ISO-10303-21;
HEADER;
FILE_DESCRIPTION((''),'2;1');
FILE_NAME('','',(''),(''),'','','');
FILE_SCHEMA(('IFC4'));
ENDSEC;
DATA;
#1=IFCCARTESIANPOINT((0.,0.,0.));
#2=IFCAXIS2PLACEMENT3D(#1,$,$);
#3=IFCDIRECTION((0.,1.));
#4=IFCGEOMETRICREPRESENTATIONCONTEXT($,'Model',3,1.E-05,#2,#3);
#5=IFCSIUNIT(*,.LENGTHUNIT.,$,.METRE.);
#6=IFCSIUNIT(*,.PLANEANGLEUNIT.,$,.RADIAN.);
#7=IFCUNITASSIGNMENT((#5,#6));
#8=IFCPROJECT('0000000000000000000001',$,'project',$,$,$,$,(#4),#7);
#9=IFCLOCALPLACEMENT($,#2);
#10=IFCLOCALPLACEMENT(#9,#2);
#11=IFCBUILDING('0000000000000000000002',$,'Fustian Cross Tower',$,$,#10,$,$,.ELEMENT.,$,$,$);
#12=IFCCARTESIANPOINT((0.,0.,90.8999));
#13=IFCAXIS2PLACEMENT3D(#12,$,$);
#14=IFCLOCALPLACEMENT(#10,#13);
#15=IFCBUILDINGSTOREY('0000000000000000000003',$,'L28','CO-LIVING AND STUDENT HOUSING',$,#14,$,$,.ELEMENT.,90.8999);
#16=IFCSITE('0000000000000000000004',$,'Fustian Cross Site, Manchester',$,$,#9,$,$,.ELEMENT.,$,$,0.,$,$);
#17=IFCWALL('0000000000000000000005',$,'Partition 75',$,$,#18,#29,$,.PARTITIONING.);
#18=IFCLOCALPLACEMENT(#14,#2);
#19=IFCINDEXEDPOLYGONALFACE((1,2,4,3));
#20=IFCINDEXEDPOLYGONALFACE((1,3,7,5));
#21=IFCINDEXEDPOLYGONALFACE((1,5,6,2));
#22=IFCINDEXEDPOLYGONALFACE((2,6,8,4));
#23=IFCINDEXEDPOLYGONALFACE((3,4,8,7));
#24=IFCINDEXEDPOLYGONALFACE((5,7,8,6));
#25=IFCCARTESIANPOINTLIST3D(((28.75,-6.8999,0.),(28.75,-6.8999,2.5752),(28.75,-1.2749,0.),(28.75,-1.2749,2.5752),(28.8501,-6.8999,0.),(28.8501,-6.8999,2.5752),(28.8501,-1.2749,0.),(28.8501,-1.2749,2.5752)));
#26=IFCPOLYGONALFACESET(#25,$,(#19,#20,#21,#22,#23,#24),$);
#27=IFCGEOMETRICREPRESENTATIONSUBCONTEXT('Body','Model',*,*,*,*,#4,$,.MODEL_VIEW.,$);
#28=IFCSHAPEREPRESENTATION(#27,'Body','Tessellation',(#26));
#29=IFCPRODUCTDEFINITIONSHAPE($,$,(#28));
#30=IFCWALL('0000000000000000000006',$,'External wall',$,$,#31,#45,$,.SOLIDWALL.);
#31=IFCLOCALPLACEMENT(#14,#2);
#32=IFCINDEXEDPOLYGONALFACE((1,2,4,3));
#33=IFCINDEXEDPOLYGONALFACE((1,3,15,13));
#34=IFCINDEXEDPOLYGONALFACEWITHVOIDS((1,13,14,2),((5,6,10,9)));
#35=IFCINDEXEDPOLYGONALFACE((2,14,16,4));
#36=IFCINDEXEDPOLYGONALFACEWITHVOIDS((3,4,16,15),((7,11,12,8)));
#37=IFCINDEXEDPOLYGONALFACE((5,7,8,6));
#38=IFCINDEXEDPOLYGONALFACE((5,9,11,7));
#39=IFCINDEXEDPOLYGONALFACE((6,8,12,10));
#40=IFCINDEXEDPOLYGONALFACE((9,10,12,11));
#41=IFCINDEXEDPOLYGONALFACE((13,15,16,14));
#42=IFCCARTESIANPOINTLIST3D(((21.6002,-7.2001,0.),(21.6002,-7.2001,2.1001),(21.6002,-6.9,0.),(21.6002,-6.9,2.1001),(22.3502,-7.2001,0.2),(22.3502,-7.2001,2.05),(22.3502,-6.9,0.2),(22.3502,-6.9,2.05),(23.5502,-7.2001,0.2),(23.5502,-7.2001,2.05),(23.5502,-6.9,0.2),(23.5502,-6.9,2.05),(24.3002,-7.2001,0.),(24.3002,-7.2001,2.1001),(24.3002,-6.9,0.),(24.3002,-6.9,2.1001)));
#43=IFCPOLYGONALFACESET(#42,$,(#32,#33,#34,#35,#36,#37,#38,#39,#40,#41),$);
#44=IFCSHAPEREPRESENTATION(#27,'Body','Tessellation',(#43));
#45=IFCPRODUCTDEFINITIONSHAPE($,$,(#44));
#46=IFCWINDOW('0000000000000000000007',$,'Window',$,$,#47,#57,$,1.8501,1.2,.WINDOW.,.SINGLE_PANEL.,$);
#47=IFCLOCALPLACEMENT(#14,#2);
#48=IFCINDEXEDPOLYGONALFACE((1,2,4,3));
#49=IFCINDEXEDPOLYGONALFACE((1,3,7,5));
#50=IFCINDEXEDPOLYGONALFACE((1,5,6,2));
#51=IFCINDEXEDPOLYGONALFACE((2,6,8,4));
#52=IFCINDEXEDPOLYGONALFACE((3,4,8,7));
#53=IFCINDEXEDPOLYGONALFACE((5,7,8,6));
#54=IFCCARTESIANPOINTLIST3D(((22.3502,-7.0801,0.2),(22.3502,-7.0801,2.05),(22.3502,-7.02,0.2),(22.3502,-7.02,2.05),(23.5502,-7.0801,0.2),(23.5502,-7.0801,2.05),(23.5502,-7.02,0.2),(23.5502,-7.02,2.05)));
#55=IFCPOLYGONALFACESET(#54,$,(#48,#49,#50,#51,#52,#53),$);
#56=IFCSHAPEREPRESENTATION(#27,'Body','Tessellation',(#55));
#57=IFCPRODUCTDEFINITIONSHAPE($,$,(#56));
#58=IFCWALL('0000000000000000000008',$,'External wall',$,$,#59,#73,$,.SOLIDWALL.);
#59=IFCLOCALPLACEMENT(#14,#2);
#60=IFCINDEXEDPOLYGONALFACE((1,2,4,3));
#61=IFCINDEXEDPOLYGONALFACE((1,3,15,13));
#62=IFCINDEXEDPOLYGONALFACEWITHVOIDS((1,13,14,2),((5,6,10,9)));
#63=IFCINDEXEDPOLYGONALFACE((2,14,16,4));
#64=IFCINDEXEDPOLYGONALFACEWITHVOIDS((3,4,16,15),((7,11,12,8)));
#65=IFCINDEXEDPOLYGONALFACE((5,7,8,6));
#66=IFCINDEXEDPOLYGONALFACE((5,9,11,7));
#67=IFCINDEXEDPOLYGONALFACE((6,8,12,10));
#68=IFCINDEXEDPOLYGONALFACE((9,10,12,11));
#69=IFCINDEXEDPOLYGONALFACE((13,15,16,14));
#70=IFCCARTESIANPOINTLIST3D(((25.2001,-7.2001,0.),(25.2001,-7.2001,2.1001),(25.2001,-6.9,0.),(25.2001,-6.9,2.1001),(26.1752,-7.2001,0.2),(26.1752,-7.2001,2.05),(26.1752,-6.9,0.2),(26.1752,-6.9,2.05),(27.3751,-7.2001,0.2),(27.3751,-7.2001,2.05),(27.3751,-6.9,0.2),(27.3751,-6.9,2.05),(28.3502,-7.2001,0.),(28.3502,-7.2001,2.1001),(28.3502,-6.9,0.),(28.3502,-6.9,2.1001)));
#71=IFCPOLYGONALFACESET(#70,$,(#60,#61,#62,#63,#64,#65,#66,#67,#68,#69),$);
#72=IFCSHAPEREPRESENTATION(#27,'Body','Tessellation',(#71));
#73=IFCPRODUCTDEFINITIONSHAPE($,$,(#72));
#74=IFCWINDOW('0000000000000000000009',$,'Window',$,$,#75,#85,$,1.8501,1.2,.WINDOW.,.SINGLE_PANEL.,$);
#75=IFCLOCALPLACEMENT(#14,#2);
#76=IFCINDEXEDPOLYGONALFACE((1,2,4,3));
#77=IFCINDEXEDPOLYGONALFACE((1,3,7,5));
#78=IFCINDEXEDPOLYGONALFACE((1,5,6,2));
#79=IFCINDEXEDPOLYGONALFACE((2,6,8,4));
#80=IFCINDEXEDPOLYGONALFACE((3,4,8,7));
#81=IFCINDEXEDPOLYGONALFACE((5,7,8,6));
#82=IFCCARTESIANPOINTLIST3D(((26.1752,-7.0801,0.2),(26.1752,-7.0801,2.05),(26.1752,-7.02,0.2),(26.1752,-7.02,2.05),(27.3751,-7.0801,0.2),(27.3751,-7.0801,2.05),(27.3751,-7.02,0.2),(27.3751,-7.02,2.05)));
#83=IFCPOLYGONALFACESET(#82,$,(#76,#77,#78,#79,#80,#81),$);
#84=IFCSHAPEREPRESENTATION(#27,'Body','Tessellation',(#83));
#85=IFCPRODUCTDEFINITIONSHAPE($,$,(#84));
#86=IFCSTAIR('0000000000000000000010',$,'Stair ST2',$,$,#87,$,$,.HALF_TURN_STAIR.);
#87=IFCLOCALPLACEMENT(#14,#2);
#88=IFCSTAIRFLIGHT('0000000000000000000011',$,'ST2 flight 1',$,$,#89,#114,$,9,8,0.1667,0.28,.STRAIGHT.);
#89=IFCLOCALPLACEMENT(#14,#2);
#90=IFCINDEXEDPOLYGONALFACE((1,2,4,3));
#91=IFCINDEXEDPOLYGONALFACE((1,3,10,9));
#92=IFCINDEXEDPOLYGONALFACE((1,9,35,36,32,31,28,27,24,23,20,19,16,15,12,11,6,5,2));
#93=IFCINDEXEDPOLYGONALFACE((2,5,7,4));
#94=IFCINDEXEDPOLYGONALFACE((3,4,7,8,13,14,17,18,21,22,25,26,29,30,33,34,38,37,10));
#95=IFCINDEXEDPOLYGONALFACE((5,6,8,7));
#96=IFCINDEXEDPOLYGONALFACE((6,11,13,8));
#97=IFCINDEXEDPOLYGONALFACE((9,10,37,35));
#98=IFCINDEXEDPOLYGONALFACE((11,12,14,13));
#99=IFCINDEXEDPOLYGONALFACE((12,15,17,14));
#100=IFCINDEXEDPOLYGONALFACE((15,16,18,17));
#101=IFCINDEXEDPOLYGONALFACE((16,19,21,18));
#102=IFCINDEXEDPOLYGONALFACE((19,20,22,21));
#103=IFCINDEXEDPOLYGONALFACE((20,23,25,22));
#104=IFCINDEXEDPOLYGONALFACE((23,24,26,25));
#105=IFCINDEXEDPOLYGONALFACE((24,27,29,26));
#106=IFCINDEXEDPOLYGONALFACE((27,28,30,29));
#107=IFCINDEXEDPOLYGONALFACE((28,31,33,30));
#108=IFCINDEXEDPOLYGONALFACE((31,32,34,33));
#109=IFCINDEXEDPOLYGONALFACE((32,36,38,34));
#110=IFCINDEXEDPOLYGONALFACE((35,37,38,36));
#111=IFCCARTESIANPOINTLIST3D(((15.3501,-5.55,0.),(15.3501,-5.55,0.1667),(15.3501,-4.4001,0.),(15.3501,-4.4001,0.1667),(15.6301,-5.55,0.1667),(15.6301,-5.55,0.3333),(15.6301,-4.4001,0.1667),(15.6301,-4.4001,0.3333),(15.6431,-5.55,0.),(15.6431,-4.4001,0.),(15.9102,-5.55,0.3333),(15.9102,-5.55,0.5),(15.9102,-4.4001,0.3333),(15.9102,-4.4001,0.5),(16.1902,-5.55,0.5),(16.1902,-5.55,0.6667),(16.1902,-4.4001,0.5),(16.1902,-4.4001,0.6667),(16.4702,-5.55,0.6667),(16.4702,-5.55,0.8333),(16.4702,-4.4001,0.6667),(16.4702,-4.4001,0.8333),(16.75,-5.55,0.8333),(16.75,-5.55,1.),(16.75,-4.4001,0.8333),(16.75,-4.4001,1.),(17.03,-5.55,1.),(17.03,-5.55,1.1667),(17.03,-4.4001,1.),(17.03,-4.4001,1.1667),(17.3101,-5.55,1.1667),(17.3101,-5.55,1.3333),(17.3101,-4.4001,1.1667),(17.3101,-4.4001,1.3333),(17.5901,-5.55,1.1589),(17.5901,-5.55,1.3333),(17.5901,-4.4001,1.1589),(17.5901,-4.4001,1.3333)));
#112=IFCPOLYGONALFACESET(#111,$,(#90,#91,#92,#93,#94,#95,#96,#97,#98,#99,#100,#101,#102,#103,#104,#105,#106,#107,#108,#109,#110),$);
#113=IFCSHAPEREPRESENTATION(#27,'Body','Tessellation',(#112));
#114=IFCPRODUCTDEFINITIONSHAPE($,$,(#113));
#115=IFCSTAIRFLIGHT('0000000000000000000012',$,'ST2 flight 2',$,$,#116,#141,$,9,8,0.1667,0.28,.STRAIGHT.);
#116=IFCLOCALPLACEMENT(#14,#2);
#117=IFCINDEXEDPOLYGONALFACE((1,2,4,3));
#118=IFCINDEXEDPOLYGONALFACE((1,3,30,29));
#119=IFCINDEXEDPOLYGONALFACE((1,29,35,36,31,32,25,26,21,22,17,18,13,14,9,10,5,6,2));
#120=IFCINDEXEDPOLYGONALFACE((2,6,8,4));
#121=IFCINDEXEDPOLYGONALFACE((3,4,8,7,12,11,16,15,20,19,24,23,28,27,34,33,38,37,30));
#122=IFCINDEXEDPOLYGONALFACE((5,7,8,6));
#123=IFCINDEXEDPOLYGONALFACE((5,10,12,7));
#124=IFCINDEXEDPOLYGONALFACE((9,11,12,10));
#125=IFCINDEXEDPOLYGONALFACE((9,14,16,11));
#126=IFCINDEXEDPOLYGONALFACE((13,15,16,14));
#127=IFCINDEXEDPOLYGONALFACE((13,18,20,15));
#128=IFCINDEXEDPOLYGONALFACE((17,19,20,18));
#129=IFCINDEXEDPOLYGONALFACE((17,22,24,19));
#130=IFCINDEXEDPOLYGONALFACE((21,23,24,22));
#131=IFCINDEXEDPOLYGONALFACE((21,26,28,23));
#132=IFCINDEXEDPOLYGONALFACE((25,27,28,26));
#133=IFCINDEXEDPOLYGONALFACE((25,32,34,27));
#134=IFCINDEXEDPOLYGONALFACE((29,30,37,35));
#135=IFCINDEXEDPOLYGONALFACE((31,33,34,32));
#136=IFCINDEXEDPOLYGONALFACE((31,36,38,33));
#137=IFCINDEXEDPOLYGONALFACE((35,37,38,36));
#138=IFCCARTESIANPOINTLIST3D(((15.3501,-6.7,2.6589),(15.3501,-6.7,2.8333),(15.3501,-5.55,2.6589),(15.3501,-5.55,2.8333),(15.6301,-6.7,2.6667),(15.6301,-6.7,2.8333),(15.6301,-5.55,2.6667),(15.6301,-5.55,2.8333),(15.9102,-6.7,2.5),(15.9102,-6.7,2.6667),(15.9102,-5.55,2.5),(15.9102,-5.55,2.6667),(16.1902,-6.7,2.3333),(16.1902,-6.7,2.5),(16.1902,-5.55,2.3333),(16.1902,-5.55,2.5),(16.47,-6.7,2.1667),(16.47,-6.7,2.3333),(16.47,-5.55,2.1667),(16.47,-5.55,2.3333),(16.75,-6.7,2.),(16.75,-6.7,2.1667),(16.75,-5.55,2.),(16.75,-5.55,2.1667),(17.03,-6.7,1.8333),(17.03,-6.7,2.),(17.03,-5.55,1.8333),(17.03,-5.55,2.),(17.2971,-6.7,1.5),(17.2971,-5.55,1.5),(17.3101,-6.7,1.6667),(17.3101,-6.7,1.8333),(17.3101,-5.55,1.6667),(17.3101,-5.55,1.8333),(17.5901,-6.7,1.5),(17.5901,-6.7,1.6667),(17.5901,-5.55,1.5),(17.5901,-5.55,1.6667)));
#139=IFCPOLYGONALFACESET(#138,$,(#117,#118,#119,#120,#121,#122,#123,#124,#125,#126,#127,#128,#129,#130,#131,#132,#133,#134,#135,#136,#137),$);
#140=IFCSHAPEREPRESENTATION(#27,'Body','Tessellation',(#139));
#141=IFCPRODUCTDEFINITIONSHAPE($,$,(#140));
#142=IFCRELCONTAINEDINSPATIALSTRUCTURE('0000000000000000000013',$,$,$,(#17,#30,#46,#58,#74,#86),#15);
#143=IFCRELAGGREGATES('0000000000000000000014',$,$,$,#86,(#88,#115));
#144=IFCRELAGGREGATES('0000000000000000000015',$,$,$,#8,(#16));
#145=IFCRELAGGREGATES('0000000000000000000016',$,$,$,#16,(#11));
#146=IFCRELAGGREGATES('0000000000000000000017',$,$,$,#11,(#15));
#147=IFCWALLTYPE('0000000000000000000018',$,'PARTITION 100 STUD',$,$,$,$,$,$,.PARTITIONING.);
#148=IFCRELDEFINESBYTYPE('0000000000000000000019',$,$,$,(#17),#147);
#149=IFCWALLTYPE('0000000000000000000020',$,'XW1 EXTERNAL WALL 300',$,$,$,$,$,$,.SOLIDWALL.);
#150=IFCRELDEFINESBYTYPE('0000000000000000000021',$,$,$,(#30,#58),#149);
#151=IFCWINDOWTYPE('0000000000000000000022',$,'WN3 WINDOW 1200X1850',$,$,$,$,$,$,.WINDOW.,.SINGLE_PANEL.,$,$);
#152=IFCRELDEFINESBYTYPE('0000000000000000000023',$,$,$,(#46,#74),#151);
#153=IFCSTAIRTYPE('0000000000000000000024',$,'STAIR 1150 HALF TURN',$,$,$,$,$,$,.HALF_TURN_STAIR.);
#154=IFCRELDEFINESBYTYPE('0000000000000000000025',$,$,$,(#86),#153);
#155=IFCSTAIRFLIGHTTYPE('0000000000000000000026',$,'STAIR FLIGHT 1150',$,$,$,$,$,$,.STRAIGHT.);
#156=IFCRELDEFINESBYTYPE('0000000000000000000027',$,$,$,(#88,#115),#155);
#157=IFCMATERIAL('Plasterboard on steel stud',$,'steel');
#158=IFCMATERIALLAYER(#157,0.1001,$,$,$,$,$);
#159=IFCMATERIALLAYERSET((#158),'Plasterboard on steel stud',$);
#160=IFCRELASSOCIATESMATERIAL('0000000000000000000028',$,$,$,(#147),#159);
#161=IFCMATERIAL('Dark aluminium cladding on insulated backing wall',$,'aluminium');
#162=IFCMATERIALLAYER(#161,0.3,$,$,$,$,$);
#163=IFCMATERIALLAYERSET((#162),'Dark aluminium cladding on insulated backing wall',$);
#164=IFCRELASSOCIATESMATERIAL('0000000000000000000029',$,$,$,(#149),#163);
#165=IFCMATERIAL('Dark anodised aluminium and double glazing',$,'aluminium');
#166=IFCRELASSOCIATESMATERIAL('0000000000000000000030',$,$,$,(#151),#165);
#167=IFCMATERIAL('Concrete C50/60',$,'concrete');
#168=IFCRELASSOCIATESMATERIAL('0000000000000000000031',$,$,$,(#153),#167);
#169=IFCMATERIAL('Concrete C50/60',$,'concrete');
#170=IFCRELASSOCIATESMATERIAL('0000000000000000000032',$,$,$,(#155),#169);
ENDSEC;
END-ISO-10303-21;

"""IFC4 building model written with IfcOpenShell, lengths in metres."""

from ifc_helpers import new_model, si_unit, direction, frame, frame_2d, origin, place, context, subcontext, project, spatial, polyline, rectangle, outline, extrude, material, layer, layer_set, type_object, element, fill, aggregate, save


model = new_model("IFC4")

# Units and contexts
model_context = context("Model", 3, precision=1e-05, world=origin(), true_north=direction((0.0, 1.0)))
body_context = subcontext(model_context, "Body", "Model", "MODEL_VIEW")
ifc_project = project(units=[si_unit("LENGTHUNIT", "METRE"), si_unit("PLANEANGLEUNIT", "RADIAN")], contexts=[model_context])

# Site, building, storey
site_placement = place(None, origin())
site = spatial("IfcSite", under=ifc_project, at=site_placement, Name="Fustian Cross Site, Manchester", CompositionType="ELEMENT", RefElevation=0.0)
building_placement = place(site_placement, origin())
building = spatial("IfcBuilding", under=site, at=building_placement, Name="Fustian Cross Tower", CompositionType="ELEMENT")
storey_placement = place(building_placement, frame((0.0, 0.0, 90.8999)))
storey = spatial("IfcBuildingStorey", under=building, at=storey_placement, Name="L28", Description="CO-LIVING AND STUDENT HOUSING", CompositionType="ELEMENT", Elevation=90.8999)

# Wall
ifc_material_1 = material(Name="Plasterboard on steel stud", Category="steel")
ifc_layer_1 = layer(ifc_material_1, 0.1001)
ifc_layer_set_1 = layer_set([ifc_layer_1], Name="Plasterboard on steel stud")
wall_type_1 = type_object("IfcWallType", Name="PARTITION 100 STUD", PredefinedType="PARTITIONING", material=ifc_layer_set_1)
wall_1_placement = place(storey_placement, frame((28.8, -6.8999, 0.0), z_axis=(0.0, 0.0, 1.0), x_axis=(0.0, 1.0, 0.0)))
element("IfcWall", 1, at=wall_1_placement, inside=storey, type_object=wall_type_1, Name="Partition 75", PredefinedType="PARTITIONING", context=body_context, shape_type="SweptSolid", body=[
    extrude(rectangle(XDim=5.625, YDim=0.1001, at=frame_2d((2.8125, 0.0))), origin(), (0.0, 0.0, 1.0), 2.5752),
])

# Walls, openings, windows
ifc_material_2 = material(Name="Dark aluminium cladding on insulated backing wall", Category="aluminium")
ifc_layer_2 = layer(ifc_material_2, 0.3)
ifc_layer_set_2 = layer_set([ifc_layer_2], Name="Dark aluminium cladding on insulated backing wall")
wall_type_2 = type_object("IfcWallType", Name="XW1 EXTERNAL WALL 300", PredefinedType="SOLIDWALL", material=ifc_layer_set_2)
wall_2_placement = place(storey_placement, frame((21.6001, -7.05, 0.0), z_axis=(0.0, 0.0, 1.0), x_axis=(1.0, 0.0, 0.0)))
wall_2 = element("IfcWall", 2, at=wall_2_placement, inside=storey, type_object=wall_type_2, Name="External wall", PredefinedType="SOLIDWALL", context=body_context, shape_type="SweptSolid", body=[
    extrude(rectangle(XDim=2.7, YDim=0.3, at=frame_2d((1.3501, 0.0))), origin(), (0.0, 0.0, 1.0), 2.1001),
])
opening_1_placement = place(wall_2_placement, frame((0.75, 0.0, 0.2)))
opening_1 = element("IfcOpeningElement", 3, at=opening_1_placement, cuts=wall_2, PredefinedType="OPENING", context=body_context, shape_type="SweptSolid", body=[
    extrude(rectangle(XDim=1.2, YDim=1.8501, at=frame_2d((0.6001, 0.925))), frame((0.0, 0.1599, 0.0), z_axis=(0.0, -1.0, 0.0), x_axis=(1.0, 0.0, 0.0)), (0.0, 0.0, 1.0), 0.3201),
])
ifc_material_3 = material(Name="Dark anodised aluminium and double glazing", Category="aluminium")
window_type = type_object("IfcWindowType", Name="WN3 WINDOW 1200X1850", PartitioningType="SINGLE_PANEL", PredefinedType="WINDOW", material=ifc_material_3)
window_1_placement = place(opening_1_placement, origin())
window_1 = element("IfcWindow", 4, at=window_1_placement, inside=storey, type_object=window_type, Name="Window", OverallHeight=1.8501, OverallWidth=1.2, PartitioningType="SINGLE_PANEL", PredefinedType="WINDOW", context=body_context, shape_type="SweptSolid", body=[
    extrude(rectangle(XDim=1.2, YDim=1.8501, at=frame_2d((0.6001, 0.925))), frame((0.0, 0.03, 0.0), z_axis=(0.0, -1.0, 0.0), x_axis=(1.0, 0.0, 0.0)), (0.0, 0.0, 1.0), 0.0601),
])
fill(opening_1, window_1)
wall_3_placement = place(storey_placement, frame((25.2, -7.05, 0.0), z_axis=(0.0, 0.0, 1.0), x_axis=(1.0, 0.0, 0.0)))
wall_3 = element("IfcWall", 5, at=wall_3_placement, inside=storey, type_object=wall_type_2, Name="External wall", PredefinedType="SOLIDWALL", context=body_context, shape_type="SweptSolid", body=[
    extrude(rectangle(XDim=3.1501, YDim=0.3, at=frame_2d((1.5752, 0.0))), origin(), (0.0, 0.0, 1.0), 2.1001),
])
opening_2_placement = place(wall_3_placement, frame((0.9751, 0.0, 0.2)))
opening_2 = element("IfcOpeningElement", 6, at=opening_2_placement, cuts=wall_3, PredefinedType="OPENING", context=body_context, shape_type="SweptSolid", body=[
    extrude(rectangle(XDim=1.2, YDim=1.8501, at=frame_2d((0.6001, 0.925))), frame((0.0, 0.1599, 0.0), z_axis=(0.0, -1.0, 0.0), x_axis=(1.0, 0.0, 0.0)), (0.0, 0.0, 1.0), 0.3201),
])
window_2_placement = place(opening_2_placement, origin())
window_2 = element("IfcWindow", 7, at=window_2_placement, inside=storey, type_object=window_type, Name="Window", OverallHeight=1.8501, OverallWidth=1.2, PartitioningType="SINGLE_PANEL", PredefinedType="WINDOW", context=body_context, shape_type="SweptSolid", body=[
    extrude(rectangle(XDim=1.2, YDim=1.8501, at=frame_2d((0.6001, 0.925))), frame((0.0, 0.03, 0.0), z_axis=(0.0, -1.0, 0.0), x_axis=(1.0, 0.0, 0.0)), (0.0, 0.0, 1.0), 0.0601),
])
fill(opening_2, window_2)

# Stair, stair flights
ifc_material_4 = material(Name="Concrete C50/60", Category="concrete")
stair_type = type_object("IfcStairType", Name="STAIR 1150 HALF TURN", PredefinedType="HALF_TURN_STAIR", material=ifc_material_4)
stair_placement = place(storey_placement, origin())
stair = element("IfcStair", 8, at=stair_placement, inside=storey, type_object=stair_type, Name="Stair ST2", PredefinedType="HALF_TURN_STAIR")
ifc_material_5 = material(Name="Concrete C50/60", Category="concrete")
stair_flight_type = type_object("IfcStairFlightType", Name="STAIR FLIGHT 1150", PredefinedType="STRAIGHT", material=ifc_material_5)
stair_flight_1_placement = place(storey_placement, frame((15.3501, -4.9751, 0.0), z_axis=(0.0, 0.0, 1.0), x_axis=(1.0, 0.0, 0.0)))
stair_flight_1 = element("IfcStairFlight", 9, at=stair_flight_1_placement, type_object=stair_flight_type, Name="ST2 flight 1", NumberOfRisers=9, NumberOfTreads=8, PredefinedType="STRAIGHT", RiserHeight=0.1667, TreadLength=0.28, context=body_context, shape_type="SweptSolid", body=[
    extrude(outline(polyline([(0.0, 0.0), (0.0, 0.1667), (0.28, 0.1667), (0.28, 0.3333), (0.5601, 0.3333), (0.5601, 0.5), (0.8401, 0.5), (0.8401, 0.6667), (1.1201, 0.6667), (1.1201, 0.8333), (1.3999, 0.8333), (1.3999, 1.0), (1.6799, 1.0), (1.6799, 1.1667), (1.96, 1.1667), (1.96, 1.3333), (2.24, 1.3333), (2.24, 1.5), (2.24, 1.1589), (0.293, 0.0), (0.0, 0.0)])), frame((0.0, 0.575, 0.0), z_axis=(0.0, -1.0, 0.0), x_axis=(1.0, 0.0, 0.0)), (0.0, 0.0, 1.0), 1.1499),
])
stair_flight_2_placement = place(storey_placement, frame((17.5901, -6.125, 1.5), z_axis=(0.0, 0.0, 1.0), x_axis=(-1.0, 0.0, 0.0)))
stair_flight_2 = element("IfcStairFlight", 10, at=stair_flight_2_placement, type_object=stair_flight_type, Name="ST2 flight 2", NumberOfRisers=9, NumberOfTreads=8, PredefinedType="STRAIGHT", RiserHeight=0.1667, TreadLength=0.28, context=body_context, shape_type="SweptSolid", body=[
    extrude(outline(polyline([(0.0, 0.0), (0.0, 0.1667), (0.28, 0.1667), (0.28, 0.3333), (0.5601, 0.3333), (0.5601, 0.5), (0.8401, 0.5), (0.8401, 0.6667), (1.1201, 0.6667), (1.1201, 0.8333), (1.3999, 0.8333), (1.3999, 1.0), (1.6799, 1.0), (1.6799, 1.1667), (1.96, 1.1667), (1.96, 1.3333), (2.24, 1.3333), (2.24, 1.5), (2.24, 1.1589), (0.293, 0.0), (0.0, 0.0)])), frame((0.0, 0.575, 0.0), z_axis=(0.0, -1.0, 0.0), x_axis=(1.0, 0.0, 0.0)), (0.0, 0.0, 1.0), 1.1499),
])
aggregate(stair, [stair_flight_1, stair_flight_2])

save(model, "model.ifc")
